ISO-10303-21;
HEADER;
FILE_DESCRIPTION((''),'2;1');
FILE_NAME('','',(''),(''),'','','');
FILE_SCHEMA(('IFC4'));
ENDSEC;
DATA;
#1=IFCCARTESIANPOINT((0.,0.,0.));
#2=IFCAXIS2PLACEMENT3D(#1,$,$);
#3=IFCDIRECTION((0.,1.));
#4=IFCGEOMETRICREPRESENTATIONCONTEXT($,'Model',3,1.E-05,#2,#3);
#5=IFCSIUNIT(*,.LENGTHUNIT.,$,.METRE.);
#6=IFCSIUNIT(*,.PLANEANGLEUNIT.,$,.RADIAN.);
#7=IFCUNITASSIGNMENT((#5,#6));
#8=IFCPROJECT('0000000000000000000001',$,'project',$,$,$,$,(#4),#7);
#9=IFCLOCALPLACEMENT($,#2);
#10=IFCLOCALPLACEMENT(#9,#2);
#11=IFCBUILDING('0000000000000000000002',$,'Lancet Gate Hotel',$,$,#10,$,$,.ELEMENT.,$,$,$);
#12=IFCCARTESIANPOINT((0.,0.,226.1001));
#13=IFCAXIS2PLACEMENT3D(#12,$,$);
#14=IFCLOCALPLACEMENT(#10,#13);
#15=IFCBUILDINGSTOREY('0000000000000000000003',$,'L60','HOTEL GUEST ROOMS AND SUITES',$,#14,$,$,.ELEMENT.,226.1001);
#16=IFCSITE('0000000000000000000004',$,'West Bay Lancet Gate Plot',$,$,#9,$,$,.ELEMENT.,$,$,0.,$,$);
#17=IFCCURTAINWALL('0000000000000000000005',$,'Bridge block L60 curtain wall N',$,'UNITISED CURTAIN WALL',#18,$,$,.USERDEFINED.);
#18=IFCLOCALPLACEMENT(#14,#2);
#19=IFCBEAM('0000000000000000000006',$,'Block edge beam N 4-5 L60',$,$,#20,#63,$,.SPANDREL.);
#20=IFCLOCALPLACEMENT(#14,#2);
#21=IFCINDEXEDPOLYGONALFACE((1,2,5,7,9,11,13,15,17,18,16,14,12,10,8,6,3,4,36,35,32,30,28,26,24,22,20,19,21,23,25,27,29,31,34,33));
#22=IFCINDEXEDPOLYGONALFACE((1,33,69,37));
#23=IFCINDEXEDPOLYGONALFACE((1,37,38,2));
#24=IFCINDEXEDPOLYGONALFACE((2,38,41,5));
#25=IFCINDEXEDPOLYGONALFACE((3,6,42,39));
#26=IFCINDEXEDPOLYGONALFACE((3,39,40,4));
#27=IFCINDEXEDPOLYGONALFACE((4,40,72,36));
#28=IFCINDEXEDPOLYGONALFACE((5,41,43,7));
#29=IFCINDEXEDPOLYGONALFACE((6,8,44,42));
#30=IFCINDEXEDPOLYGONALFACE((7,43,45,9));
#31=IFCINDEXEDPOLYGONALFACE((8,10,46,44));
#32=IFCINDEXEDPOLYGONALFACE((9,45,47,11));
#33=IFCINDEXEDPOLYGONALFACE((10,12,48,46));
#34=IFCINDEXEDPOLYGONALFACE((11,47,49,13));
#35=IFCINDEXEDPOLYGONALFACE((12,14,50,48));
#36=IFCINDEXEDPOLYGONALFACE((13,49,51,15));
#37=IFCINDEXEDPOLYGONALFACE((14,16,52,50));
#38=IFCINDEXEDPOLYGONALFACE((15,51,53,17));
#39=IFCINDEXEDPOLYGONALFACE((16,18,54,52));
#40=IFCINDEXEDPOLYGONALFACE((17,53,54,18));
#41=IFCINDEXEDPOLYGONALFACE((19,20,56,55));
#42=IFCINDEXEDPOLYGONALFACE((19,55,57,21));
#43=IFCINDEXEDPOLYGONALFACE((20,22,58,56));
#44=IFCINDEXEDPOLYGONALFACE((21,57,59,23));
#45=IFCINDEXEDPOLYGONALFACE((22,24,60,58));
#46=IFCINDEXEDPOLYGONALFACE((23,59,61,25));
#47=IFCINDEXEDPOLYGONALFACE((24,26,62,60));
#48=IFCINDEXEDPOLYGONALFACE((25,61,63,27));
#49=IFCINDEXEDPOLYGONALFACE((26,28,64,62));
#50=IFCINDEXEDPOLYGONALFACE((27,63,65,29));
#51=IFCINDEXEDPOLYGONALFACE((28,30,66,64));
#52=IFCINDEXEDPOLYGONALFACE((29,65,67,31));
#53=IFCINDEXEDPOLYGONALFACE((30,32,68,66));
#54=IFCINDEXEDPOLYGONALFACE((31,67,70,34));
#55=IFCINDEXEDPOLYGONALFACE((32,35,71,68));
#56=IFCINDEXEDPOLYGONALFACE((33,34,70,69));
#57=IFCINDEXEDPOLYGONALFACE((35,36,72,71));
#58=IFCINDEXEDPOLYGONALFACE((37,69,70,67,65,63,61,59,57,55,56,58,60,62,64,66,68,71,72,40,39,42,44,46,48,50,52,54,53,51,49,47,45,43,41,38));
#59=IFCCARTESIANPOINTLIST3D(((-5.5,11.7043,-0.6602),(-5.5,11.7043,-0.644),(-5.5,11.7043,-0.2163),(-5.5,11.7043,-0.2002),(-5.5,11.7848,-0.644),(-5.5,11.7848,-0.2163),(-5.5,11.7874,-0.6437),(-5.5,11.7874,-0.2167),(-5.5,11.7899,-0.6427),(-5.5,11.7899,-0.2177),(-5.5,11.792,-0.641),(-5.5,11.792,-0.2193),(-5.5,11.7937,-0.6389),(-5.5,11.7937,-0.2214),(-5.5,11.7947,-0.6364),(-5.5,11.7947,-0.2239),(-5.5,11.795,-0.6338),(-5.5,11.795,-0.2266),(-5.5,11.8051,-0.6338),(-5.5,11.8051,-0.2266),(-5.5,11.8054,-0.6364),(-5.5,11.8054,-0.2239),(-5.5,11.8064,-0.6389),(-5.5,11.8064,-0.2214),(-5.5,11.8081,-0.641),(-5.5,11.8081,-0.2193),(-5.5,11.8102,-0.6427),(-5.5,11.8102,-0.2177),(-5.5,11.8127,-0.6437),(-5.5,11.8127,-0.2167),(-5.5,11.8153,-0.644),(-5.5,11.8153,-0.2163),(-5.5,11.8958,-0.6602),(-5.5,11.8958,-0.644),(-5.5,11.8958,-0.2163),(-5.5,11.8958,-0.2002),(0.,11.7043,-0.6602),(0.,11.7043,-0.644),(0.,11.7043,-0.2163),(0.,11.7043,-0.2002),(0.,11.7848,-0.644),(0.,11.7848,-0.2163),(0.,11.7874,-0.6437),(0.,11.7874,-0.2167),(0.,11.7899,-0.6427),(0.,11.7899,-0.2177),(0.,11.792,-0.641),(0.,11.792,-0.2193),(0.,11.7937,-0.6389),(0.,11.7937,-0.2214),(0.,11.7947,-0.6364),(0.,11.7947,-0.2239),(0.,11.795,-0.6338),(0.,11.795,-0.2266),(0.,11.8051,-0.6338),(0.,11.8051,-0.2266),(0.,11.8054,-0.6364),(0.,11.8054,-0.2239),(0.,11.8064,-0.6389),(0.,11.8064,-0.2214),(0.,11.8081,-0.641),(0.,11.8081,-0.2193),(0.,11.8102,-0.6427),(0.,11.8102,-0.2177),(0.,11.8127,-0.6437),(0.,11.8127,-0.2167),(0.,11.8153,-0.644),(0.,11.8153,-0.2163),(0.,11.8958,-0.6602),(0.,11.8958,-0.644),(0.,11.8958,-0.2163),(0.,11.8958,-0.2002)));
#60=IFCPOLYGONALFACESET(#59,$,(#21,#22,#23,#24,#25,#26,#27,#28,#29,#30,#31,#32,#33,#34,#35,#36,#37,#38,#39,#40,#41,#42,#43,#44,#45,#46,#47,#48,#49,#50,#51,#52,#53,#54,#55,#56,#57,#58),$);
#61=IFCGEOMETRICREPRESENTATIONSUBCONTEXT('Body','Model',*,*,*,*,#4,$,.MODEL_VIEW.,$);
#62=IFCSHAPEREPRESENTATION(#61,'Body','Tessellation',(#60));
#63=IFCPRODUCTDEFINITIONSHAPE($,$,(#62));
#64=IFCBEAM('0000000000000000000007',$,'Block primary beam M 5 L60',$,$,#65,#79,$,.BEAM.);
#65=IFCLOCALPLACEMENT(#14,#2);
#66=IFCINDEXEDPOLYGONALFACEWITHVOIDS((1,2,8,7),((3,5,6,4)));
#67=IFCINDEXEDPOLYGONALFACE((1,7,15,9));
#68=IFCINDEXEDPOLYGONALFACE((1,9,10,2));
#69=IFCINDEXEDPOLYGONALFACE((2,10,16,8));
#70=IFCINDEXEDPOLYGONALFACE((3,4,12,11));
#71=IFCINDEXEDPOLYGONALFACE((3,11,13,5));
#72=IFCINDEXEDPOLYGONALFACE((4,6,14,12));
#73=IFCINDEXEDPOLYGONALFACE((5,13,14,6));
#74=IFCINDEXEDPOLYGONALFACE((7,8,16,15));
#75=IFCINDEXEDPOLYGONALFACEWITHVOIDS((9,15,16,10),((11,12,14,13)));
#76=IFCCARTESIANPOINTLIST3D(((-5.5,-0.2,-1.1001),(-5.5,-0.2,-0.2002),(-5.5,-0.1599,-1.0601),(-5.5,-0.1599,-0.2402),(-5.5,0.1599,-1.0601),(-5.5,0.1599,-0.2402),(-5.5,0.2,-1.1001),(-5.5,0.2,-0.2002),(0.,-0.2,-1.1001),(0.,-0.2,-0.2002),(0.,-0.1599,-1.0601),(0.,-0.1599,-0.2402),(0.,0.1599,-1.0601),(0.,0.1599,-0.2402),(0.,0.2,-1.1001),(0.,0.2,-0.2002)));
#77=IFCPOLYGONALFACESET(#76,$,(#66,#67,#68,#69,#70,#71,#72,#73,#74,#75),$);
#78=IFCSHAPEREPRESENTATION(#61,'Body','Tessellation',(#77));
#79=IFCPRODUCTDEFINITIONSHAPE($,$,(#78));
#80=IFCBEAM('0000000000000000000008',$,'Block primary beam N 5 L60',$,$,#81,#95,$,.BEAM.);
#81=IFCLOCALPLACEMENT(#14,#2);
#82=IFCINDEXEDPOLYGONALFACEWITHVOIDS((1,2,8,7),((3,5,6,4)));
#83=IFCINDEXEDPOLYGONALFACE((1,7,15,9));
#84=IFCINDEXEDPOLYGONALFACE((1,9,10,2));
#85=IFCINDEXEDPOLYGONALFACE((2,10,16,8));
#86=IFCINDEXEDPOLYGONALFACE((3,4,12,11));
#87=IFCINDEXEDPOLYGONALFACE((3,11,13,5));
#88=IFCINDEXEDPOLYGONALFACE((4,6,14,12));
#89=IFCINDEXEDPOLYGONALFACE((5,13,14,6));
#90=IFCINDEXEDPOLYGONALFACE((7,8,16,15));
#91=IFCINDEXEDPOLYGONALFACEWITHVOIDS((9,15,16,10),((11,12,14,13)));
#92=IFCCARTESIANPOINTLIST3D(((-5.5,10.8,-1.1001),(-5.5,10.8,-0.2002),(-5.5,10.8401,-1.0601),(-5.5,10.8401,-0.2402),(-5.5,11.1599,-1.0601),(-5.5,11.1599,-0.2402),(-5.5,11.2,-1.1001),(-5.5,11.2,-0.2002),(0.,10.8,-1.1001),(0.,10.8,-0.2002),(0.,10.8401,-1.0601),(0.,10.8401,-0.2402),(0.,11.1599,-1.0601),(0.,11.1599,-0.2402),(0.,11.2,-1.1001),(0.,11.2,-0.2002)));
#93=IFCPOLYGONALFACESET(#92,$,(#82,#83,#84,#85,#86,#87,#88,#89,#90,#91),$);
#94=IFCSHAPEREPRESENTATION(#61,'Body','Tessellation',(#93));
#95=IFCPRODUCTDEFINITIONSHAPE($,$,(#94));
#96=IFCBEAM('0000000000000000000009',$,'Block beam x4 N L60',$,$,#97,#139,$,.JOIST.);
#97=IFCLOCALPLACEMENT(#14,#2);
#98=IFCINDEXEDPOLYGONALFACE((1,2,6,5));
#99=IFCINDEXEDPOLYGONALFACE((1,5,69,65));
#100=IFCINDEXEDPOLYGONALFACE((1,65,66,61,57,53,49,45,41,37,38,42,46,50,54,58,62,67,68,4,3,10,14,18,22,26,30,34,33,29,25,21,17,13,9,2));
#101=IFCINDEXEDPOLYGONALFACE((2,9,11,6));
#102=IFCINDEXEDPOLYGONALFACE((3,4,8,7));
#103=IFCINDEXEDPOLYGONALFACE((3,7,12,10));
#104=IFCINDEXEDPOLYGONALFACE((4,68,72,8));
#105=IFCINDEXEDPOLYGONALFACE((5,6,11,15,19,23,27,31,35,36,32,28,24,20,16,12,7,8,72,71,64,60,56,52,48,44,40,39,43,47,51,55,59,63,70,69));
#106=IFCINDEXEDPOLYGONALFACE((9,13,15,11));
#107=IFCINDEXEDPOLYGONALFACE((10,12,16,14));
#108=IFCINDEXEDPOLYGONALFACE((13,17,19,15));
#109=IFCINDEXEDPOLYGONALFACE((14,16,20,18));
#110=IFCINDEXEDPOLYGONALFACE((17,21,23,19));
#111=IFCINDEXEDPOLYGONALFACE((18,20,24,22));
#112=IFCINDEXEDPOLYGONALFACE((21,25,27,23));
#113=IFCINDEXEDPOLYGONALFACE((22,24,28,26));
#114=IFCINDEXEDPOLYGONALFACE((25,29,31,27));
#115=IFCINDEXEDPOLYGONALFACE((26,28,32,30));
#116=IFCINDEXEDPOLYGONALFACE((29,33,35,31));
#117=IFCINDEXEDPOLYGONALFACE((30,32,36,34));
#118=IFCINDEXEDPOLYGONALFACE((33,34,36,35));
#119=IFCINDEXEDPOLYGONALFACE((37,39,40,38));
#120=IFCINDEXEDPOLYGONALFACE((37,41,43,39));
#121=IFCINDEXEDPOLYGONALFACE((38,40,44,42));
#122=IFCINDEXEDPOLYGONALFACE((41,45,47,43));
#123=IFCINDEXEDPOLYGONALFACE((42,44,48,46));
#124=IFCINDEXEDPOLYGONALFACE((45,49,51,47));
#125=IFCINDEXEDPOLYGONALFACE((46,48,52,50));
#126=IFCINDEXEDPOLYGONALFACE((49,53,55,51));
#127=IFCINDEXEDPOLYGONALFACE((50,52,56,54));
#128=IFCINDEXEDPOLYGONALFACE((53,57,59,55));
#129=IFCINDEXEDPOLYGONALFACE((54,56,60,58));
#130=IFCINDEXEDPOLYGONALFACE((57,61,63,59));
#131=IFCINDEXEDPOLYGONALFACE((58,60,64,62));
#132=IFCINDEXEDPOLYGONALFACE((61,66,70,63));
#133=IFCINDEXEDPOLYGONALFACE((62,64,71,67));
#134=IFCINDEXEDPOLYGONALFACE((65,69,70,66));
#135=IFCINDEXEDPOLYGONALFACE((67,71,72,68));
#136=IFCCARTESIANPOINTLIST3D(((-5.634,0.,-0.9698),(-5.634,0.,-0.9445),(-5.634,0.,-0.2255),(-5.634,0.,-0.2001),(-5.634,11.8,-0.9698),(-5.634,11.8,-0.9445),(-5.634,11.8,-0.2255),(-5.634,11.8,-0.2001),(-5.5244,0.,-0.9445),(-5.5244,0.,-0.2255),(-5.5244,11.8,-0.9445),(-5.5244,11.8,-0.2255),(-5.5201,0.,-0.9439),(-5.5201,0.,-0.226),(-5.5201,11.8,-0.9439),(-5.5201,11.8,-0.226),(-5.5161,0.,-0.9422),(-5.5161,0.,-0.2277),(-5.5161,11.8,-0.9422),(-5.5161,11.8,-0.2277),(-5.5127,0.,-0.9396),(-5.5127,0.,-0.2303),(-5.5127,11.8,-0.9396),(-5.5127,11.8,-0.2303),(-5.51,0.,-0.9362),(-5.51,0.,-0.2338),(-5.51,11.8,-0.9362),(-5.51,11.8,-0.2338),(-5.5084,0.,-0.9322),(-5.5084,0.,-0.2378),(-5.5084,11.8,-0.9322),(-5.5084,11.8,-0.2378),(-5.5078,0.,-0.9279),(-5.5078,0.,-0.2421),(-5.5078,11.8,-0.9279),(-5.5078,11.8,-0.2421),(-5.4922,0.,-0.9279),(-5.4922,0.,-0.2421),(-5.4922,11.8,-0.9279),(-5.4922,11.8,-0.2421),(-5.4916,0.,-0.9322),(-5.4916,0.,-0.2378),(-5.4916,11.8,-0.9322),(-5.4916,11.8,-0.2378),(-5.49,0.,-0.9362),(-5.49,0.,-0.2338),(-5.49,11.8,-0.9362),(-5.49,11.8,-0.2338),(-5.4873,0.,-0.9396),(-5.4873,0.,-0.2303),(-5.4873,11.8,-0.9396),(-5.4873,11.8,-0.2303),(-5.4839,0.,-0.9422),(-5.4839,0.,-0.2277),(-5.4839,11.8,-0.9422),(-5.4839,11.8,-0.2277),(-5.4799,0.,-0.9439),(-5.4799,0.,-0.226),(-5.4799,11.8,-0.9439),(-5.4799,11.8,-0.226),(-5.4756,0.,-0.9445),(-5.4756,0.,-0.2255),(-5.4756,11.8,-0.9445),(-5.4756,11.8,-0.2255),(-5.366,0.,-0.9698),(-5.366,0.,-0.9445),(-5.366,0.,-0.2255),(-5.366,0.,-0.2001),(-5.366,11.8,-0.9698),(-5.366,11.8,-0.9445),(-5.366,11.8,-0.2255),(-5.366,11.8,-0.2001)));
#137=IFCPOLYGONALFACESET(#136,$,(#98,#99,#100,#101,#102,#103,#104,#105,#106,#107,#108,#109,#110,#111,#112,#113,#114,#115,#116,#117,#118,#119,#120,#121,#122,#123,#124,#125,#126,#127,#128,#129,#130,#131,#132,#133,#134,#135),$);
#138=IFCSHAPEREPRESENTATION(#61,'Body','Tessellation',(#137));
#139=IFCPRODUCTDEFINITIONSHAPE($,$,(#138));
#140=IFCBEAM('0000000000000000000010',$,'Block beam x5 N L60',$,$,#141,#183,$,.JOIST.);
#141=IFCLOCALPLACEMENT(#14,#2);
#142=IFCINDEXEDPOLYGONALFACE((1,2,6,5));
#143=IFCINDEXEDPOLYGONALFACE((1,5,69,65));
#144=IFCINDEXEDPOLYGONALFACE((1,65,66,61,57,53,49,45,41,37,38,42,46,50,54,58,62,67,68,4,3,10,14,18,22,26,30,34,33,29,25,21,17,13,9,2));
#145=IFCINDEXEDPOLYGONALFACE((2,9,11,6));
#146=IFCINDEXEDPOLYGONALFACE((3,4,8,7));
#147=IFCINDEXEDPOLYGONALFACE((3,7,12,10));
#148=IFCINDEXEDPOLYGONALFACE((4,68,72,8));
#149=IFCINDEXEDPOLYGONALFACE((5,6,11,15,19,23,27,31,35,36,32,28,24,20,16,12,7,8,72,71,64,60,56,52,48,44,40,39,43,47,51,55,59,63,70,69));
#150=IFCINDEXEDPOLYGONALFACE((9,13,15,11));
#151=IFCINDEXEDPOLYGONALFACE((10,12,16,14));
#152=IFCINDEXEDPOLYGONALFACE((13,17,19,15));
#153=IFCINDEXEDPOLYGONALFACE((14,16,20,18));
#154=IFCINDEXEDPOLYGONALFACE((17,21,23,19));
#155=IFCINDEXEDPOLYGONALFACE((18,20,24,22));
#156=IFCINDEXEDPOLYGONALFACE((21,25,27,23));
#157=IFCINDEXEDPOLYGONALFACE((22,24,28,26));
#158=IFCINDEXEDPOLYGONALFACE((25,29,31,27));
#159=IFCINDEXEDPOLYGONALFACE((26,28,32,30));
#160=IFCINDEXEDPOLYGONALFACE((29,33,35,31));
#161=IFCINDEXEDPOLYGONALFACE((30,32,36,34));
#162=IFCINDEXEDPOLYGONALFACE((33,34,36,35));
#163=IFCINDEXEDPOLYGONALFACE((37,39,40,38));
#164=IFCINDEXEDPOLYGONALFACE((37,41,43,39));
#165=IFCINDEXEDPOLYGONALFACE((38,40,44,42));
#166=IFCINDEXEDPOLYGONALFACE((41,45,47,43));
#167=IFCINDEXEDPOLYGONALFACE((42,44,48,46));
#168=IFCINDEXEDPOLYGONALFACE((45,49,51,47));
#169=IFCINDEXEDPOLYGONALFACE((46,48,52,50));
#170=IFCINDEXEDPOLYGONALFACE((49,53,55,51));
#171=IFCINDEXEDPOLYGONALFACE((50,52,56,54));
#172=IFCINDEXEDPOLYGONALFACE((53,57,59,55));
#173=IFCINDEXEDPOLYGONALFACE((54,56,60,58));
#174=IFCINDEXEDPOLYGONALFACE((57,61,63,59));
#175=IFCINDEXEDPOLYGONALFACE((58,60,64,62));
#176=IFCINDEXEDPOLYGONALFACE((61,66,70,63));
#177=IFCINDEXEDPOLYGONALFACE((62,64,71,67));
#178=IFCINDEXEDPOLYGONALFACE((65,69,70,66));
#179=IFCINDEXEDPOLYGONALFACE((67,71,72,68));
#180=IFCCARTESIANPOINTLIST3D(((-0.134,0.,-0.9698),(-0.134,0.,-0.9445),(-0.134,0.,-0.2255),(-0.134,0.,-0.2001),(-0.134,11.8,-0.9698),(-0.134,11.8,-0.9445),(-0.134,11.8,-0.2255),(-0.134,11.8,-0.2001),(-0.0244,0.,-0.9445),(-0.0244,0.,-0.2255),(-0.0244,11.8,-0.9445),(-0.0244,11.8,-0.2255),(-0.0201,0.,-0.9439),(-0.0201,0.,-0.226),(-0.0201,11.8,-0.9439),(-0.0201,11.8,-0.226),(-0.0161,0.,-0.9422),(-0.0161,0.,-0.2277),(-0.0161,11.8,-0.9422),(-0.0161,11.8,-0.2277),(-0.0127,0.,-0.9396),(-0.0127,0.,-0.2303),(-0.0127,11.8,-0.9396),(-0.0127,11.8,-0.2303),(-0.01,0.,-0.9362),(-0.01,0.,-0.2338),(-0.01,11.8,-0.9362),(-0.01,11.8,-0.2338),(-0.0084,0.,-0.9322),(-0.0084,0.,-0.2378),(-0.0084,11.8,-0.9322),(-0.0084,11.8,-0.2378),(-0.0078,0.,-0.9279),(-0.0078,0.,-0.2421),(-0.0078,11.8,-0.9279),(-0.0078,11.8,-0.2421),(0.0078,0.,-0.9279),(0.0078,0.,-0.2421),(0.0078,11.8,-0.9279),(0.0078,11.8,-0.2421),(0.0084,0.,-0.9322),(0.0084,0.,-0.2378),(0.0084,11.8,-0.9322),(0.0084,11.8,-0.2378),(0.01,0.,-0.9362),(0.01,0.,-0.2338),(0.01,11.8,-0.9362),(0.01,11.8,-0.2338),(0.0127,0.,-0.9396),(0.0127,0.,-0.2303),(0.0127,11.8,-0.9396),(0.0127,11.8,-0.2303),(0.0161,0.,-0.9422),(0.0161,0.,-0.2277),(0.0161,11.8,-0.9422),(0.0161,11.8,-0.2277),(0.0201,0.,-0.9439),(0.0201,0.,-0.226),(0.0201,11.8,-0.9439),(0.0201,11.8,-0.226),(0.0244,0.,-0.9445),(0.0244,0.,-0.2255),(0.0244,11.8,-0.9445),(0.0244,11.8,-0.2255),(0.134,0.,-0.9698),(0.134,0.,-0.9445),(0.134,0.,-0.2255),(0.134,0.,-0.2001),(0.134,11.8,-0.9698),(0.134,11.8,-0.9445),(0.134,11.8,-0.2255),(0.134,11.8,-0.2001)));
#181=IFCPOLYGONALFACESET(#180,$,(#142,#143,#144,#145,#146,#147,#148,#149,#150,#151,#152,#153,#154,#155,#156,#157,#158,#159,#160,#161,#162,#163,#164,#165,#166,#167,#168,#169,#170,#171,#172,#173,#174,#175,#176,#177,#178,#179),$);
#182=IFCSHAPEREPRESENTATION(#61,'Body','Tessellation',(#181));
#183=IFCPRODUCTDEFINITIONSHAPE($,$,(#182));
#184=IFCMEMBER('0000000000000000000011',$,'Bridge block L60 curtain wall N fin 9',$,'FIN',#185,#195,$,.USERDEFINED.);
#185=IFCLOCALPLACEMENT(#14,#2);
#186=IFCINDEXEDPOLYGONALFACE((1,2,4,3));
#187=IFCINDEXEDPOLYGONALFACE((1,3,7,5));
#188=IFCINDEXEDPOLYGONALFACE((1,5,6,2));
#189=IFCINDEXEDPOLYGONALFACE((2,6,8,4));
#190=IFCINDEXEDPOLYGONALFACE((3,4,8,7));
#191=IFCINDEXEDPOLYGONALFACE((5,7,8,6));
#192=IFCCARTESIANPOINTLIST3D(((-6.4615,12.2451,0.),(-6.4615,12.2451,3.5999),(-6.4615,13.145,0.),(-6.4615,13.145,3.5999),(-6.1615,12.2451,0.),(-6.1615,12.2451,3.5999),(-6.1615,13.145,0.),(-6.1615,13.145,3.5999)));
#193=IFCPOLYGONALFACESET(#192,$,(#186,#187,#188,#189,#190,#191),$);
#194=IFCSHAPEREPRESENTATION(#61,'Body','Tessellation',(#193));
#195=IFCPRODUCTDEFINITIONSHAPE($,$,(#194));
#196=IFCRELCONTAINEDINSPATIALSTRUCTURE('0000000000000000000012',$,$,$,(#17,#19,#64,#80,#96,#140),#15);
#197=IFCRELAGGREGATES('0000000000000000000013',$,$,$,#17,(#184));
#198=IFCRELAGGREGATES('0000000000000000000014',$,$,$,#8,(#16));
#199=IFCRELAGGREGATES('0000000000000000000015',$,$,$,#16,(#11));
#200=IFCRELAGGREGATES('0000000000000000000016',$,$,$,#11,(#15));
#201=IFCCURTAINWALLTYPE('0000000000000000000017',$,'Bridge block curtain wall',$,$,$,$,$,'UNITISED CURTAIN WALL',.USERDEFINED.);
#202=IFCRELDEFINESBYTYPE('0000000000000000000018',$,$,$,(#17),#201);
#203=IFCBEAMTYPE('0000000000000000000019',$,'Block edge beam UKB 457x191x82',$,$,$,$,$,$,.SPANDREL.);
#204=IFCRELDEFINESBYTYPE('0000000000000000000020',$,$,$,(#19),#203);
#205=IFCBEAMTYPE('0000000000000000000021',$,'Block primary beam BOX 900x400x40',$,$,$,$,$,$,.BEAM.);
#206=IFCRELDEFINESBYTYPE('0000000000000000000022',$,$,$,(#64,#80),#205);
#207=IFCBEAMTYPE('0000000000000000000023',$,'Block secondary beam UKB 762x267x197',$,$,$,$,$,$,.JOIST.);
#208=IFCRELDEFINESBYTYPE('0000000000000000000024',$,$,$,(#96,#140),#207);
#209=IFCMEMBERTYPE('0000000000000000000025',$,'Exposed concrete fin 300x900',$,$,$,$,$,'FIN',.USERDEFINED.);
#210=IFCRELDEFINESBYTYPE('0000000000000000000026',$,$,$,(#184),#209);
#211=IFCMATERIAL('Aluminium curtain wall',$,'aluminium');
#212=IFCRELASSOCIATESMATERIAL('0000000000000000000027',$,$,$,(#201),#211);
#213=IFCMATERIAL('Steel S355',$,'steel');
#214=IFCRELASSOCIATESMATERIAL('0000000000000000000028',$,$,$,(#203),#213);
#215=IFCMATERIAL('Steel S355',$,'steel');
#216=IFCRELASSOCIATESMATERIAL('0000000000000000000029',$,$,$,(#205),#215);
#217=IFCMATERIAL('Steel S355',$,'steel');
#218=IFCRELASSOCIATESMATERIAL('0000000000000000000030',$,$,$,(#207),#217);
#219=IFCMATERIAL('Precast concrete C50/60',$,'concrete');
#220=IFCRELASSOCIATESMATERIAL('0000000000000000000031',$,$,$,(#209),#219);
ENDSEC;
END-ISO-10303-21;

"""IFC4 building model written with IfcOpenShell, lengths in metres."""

from ifc_helpers import new_model, si_unit, direction, frame, origin, origin_2d, place, context, subcontext, project, spatial, rectangle, hollow_rectangle, i_section, extrude, material, material_profile, profile_set, type_object, element, aggregate, save


model = new_model("IFC4")

# Units and contexts
model_context = context("Model", 3, precision=1e-05, world=origin(), true_north=direction((0.0, 1.0)))
body_context = subcontext(model_context, "Body", "Model", "MODEL_VIEW")
ifc_project = project(units=[si_unit("LENGTHUNIT", "METRE"), si_unit("PLANEANGLEUNIT", "RADIAN")], contexts=[model_context])

# Site, building, storey
site_placement = place(None, origin())
site = spatial("IfcSite", under=ifc_project, at=site_placement, Name="West Bay Lancet Gate Plot", CompositionType="ELEMENT", RefElevation=0.0)
building_placement = place(site_placement, origin())
building = spatial("IfcBuilding", under=site, at=building_placement, Name="Lancet Gate Hotel", CompositionType="ELEMENT")
storey_placement = place(building_placement, frame((0.0, 0.0, 226.1001)))
storey = spatial("IfcBuildingStorey", under=building, at=storey_placement, Name="L60", Description="HOTEL GUEST ROOMS AND SUITES", CompositionType="ELEMENT", Elevation=226.1001)

# Curtain wall
ifc_material_1 = material(Name="Aluminium curtain wall", Category="aluminium")
curtain_wall_type = type_object("IfcCurtainWallType", Name="Bridge block curtain wall", ElementType="UNITISED CURTAIN WALL", PredefinedType="USERDEFINED", material=ifc_material_1)
curtain_wall_placement = place(storey_placement, origin())
curtain_wall = element("IfcCurtainWall", 1, at=curtain_wall_placement, inside=storey, type_object=curtain_wall_type, Name="Bridge block L60 curtain wall N", ObjectType="UNITISED CURTAIN WALL", PredefinedType="USERDEFINED")

# Beams
ifc_material_2 = material(Name="Steel S355", Category="steel")
ifc_material_profile_1 = material_profile(ifc_material_2, i_section(OverallWidth=0.1914, OverallDepth=0.46, WebThickness=0.01, FlangeThickness=0.0161, FilletRadius=0.0103, at=origin_2d()), Name="UKB 457x191x82")
ifc_profile_set_1 = profile_set([ifc_material_profile_1], Name="Steel S355")
beam_type_1 = type_object("IfcBeamType", Name="Block edge beam UKB 457x191x82", PredefinedType="SPANDREL", material=ifc_profile_set_1)
beam_placement = place(storey_placement, frame((-5.5, 11.8, -0.4302), z_axis=(1.0, 0.0, 0.0), x_axis=(0.0, 1.0, 0.0)))
element("IfcBeam", 2, at=beam_placement, inside=storey, type_object=beam_type_1, Name="Block edge beam N 4-5 L60", PredefinedType="SPANDREL", context=body_context, shape_type="SweptSolid", body=[
    extrude(i_section(OverallWidth=0.1914, OverallDepth=0.46, WebThickness=0.01, FlangeThickness=0.0161, FilletRadius=0.0103, at=origin_2d()), origin(), (0.0, 0.0, 1.0), 5.5),
])
ifc_material_3 = material(Name="Steel S355", Category="steel")
ifc_material_profile_2 = material_profile(ifc_material_3, hollow_rectangle(XDim=0.3999, YDim=0.8999, WallThickness=0.04, at=origin_2d()), Name="BOX 900x400x40")
ifc_profile_set_2 = profile_set([ifc_material_profile_2], Name="Steel S355")
beam_type_2 = type_object("IfcBeamType", Name="Block primary beam BOX 900x400x40", PredefinedType="BEAM", material=ifc_profile_set_2)
for number, where, z_axis, x_axis, name in (
    (3, (-5.5, 0.0, -0.6501), (1.0, 0.0, 0.0), (0.0, 1.0, 0.0), "Block primary beam M 5 L60"),
    (4, (-5.5, 11.0, -0.6501), (1.0, 0.0, 0.0), (0.0, 1.0, 0.0), "Block primary beam N 5 L60"),
):
    element("IfcBeam", number, at=place(storey_placement, frame(where, z_axis=z_axis, x_axis=x_axis)), inside=storey, type_object=beam_type_2, Name=name, PredefinedType="BEAM", context=body_context, shape_type="SweptSolid", body=[
        extrude(hollow_rectangle(XDim=0.3999, YDim=0.8999, WallThickness=0.04, at=origin_2d()), origin(), (0.0, 0.0, 1.0), 5.5),
    ])
ifc_material_4 = material(Name="Steel S355", Category="steel")
ifc_material_profile_3 = material_profile(ifc_material_4, i_section(OverallWidth=0.2681, OverallDepth=0.7698, WebThickness=0.0156, FlangeThickness=0.0254, FilletRadius=0.0166, at=origin_2d()), Name="UKB 762x267x197")
ifc_profile_set_3 = profile_set([ifc_material_profile_3], Name="Steel S355")
beam_type_3 = type_object("IfcBeamType", Name="Block secondary beam UKB 762x267x197", PredefinedType="JOIST", material=ifc_profile_set_3)
for number, where, z_axis, x_axis, name in (
    (5, (-5.5, 0.0, -0.585), (0.0, 1.0, 0.0), (-1.0, 0.0, 0.0), "Block beam x4 N L60"),
    (6, (0.0, 0.0, -0.585), (0.0, 1.0, 0.0), (-1.0, 0.0, 0.0), "Block beam x5 N L60"),
):
    element("IfcBeam", number, at=place(storey_placement, frame(where, z_axis=z_axis, x_axis=x_axis)), inside=storey, type_object=beam_type_3, Name=name, PredefinedType="JOIST", context=body_context, shape_type="SweptSolid", body=[
        extrude(i_section(OverallWidth=0.2681, OverallDepth=0.7698, WebThickness=0.0156, FlangeThickness=0.0254, FilletRadius=0.0166, at=origin_2d()), origin(), (0.0, 0.0, 1.0), 11.8),
    ])

# Member
ifc_material_5 = material(Name="Precast concrete C50/60", Category="concrete")
ifc_material_profile_4 = material_profile(ifc_material_5, rectangle(XDim=0.3, YDim=0.8999, at=origin_2d()), Name="FIN 300x900")
ifc_profile_set_4 = profile_set([ifc_material_profile_4], Name="Precast concrete C50/60")
member_type_1 = type_object("IfcMemberType", Name="Exposed concrete fin 300x900", ElementType="FIN", PredefinedType="USERDEFINED", material=ifc_profile_set_4)
member_1_placement = place(storey_placement, frame((-6.3115, 12.6951, 0.0), z_axis=(0.0, 0.0, 1.0), x_axis=(-1.0, 0.0, 0.0)))
member_1 = element("IfcMember", 7, at=member_1_placement, type_object=member_type_1, Name="Bridge block L60 curtain wall N fin 9", ObjectType="FIN", PredefinedType="USERDEFINED", context=body_context, shape_type="SweptSolid", body=[
    extrude(rectangle(XDim=0.3, YDim=0.8999, at=origin_2d()), origin(), (0.0, 0.0, 1.0), 3.5999),
])

aggregate(curtain_wall, [member_1])

save(model, "model.ifc")
